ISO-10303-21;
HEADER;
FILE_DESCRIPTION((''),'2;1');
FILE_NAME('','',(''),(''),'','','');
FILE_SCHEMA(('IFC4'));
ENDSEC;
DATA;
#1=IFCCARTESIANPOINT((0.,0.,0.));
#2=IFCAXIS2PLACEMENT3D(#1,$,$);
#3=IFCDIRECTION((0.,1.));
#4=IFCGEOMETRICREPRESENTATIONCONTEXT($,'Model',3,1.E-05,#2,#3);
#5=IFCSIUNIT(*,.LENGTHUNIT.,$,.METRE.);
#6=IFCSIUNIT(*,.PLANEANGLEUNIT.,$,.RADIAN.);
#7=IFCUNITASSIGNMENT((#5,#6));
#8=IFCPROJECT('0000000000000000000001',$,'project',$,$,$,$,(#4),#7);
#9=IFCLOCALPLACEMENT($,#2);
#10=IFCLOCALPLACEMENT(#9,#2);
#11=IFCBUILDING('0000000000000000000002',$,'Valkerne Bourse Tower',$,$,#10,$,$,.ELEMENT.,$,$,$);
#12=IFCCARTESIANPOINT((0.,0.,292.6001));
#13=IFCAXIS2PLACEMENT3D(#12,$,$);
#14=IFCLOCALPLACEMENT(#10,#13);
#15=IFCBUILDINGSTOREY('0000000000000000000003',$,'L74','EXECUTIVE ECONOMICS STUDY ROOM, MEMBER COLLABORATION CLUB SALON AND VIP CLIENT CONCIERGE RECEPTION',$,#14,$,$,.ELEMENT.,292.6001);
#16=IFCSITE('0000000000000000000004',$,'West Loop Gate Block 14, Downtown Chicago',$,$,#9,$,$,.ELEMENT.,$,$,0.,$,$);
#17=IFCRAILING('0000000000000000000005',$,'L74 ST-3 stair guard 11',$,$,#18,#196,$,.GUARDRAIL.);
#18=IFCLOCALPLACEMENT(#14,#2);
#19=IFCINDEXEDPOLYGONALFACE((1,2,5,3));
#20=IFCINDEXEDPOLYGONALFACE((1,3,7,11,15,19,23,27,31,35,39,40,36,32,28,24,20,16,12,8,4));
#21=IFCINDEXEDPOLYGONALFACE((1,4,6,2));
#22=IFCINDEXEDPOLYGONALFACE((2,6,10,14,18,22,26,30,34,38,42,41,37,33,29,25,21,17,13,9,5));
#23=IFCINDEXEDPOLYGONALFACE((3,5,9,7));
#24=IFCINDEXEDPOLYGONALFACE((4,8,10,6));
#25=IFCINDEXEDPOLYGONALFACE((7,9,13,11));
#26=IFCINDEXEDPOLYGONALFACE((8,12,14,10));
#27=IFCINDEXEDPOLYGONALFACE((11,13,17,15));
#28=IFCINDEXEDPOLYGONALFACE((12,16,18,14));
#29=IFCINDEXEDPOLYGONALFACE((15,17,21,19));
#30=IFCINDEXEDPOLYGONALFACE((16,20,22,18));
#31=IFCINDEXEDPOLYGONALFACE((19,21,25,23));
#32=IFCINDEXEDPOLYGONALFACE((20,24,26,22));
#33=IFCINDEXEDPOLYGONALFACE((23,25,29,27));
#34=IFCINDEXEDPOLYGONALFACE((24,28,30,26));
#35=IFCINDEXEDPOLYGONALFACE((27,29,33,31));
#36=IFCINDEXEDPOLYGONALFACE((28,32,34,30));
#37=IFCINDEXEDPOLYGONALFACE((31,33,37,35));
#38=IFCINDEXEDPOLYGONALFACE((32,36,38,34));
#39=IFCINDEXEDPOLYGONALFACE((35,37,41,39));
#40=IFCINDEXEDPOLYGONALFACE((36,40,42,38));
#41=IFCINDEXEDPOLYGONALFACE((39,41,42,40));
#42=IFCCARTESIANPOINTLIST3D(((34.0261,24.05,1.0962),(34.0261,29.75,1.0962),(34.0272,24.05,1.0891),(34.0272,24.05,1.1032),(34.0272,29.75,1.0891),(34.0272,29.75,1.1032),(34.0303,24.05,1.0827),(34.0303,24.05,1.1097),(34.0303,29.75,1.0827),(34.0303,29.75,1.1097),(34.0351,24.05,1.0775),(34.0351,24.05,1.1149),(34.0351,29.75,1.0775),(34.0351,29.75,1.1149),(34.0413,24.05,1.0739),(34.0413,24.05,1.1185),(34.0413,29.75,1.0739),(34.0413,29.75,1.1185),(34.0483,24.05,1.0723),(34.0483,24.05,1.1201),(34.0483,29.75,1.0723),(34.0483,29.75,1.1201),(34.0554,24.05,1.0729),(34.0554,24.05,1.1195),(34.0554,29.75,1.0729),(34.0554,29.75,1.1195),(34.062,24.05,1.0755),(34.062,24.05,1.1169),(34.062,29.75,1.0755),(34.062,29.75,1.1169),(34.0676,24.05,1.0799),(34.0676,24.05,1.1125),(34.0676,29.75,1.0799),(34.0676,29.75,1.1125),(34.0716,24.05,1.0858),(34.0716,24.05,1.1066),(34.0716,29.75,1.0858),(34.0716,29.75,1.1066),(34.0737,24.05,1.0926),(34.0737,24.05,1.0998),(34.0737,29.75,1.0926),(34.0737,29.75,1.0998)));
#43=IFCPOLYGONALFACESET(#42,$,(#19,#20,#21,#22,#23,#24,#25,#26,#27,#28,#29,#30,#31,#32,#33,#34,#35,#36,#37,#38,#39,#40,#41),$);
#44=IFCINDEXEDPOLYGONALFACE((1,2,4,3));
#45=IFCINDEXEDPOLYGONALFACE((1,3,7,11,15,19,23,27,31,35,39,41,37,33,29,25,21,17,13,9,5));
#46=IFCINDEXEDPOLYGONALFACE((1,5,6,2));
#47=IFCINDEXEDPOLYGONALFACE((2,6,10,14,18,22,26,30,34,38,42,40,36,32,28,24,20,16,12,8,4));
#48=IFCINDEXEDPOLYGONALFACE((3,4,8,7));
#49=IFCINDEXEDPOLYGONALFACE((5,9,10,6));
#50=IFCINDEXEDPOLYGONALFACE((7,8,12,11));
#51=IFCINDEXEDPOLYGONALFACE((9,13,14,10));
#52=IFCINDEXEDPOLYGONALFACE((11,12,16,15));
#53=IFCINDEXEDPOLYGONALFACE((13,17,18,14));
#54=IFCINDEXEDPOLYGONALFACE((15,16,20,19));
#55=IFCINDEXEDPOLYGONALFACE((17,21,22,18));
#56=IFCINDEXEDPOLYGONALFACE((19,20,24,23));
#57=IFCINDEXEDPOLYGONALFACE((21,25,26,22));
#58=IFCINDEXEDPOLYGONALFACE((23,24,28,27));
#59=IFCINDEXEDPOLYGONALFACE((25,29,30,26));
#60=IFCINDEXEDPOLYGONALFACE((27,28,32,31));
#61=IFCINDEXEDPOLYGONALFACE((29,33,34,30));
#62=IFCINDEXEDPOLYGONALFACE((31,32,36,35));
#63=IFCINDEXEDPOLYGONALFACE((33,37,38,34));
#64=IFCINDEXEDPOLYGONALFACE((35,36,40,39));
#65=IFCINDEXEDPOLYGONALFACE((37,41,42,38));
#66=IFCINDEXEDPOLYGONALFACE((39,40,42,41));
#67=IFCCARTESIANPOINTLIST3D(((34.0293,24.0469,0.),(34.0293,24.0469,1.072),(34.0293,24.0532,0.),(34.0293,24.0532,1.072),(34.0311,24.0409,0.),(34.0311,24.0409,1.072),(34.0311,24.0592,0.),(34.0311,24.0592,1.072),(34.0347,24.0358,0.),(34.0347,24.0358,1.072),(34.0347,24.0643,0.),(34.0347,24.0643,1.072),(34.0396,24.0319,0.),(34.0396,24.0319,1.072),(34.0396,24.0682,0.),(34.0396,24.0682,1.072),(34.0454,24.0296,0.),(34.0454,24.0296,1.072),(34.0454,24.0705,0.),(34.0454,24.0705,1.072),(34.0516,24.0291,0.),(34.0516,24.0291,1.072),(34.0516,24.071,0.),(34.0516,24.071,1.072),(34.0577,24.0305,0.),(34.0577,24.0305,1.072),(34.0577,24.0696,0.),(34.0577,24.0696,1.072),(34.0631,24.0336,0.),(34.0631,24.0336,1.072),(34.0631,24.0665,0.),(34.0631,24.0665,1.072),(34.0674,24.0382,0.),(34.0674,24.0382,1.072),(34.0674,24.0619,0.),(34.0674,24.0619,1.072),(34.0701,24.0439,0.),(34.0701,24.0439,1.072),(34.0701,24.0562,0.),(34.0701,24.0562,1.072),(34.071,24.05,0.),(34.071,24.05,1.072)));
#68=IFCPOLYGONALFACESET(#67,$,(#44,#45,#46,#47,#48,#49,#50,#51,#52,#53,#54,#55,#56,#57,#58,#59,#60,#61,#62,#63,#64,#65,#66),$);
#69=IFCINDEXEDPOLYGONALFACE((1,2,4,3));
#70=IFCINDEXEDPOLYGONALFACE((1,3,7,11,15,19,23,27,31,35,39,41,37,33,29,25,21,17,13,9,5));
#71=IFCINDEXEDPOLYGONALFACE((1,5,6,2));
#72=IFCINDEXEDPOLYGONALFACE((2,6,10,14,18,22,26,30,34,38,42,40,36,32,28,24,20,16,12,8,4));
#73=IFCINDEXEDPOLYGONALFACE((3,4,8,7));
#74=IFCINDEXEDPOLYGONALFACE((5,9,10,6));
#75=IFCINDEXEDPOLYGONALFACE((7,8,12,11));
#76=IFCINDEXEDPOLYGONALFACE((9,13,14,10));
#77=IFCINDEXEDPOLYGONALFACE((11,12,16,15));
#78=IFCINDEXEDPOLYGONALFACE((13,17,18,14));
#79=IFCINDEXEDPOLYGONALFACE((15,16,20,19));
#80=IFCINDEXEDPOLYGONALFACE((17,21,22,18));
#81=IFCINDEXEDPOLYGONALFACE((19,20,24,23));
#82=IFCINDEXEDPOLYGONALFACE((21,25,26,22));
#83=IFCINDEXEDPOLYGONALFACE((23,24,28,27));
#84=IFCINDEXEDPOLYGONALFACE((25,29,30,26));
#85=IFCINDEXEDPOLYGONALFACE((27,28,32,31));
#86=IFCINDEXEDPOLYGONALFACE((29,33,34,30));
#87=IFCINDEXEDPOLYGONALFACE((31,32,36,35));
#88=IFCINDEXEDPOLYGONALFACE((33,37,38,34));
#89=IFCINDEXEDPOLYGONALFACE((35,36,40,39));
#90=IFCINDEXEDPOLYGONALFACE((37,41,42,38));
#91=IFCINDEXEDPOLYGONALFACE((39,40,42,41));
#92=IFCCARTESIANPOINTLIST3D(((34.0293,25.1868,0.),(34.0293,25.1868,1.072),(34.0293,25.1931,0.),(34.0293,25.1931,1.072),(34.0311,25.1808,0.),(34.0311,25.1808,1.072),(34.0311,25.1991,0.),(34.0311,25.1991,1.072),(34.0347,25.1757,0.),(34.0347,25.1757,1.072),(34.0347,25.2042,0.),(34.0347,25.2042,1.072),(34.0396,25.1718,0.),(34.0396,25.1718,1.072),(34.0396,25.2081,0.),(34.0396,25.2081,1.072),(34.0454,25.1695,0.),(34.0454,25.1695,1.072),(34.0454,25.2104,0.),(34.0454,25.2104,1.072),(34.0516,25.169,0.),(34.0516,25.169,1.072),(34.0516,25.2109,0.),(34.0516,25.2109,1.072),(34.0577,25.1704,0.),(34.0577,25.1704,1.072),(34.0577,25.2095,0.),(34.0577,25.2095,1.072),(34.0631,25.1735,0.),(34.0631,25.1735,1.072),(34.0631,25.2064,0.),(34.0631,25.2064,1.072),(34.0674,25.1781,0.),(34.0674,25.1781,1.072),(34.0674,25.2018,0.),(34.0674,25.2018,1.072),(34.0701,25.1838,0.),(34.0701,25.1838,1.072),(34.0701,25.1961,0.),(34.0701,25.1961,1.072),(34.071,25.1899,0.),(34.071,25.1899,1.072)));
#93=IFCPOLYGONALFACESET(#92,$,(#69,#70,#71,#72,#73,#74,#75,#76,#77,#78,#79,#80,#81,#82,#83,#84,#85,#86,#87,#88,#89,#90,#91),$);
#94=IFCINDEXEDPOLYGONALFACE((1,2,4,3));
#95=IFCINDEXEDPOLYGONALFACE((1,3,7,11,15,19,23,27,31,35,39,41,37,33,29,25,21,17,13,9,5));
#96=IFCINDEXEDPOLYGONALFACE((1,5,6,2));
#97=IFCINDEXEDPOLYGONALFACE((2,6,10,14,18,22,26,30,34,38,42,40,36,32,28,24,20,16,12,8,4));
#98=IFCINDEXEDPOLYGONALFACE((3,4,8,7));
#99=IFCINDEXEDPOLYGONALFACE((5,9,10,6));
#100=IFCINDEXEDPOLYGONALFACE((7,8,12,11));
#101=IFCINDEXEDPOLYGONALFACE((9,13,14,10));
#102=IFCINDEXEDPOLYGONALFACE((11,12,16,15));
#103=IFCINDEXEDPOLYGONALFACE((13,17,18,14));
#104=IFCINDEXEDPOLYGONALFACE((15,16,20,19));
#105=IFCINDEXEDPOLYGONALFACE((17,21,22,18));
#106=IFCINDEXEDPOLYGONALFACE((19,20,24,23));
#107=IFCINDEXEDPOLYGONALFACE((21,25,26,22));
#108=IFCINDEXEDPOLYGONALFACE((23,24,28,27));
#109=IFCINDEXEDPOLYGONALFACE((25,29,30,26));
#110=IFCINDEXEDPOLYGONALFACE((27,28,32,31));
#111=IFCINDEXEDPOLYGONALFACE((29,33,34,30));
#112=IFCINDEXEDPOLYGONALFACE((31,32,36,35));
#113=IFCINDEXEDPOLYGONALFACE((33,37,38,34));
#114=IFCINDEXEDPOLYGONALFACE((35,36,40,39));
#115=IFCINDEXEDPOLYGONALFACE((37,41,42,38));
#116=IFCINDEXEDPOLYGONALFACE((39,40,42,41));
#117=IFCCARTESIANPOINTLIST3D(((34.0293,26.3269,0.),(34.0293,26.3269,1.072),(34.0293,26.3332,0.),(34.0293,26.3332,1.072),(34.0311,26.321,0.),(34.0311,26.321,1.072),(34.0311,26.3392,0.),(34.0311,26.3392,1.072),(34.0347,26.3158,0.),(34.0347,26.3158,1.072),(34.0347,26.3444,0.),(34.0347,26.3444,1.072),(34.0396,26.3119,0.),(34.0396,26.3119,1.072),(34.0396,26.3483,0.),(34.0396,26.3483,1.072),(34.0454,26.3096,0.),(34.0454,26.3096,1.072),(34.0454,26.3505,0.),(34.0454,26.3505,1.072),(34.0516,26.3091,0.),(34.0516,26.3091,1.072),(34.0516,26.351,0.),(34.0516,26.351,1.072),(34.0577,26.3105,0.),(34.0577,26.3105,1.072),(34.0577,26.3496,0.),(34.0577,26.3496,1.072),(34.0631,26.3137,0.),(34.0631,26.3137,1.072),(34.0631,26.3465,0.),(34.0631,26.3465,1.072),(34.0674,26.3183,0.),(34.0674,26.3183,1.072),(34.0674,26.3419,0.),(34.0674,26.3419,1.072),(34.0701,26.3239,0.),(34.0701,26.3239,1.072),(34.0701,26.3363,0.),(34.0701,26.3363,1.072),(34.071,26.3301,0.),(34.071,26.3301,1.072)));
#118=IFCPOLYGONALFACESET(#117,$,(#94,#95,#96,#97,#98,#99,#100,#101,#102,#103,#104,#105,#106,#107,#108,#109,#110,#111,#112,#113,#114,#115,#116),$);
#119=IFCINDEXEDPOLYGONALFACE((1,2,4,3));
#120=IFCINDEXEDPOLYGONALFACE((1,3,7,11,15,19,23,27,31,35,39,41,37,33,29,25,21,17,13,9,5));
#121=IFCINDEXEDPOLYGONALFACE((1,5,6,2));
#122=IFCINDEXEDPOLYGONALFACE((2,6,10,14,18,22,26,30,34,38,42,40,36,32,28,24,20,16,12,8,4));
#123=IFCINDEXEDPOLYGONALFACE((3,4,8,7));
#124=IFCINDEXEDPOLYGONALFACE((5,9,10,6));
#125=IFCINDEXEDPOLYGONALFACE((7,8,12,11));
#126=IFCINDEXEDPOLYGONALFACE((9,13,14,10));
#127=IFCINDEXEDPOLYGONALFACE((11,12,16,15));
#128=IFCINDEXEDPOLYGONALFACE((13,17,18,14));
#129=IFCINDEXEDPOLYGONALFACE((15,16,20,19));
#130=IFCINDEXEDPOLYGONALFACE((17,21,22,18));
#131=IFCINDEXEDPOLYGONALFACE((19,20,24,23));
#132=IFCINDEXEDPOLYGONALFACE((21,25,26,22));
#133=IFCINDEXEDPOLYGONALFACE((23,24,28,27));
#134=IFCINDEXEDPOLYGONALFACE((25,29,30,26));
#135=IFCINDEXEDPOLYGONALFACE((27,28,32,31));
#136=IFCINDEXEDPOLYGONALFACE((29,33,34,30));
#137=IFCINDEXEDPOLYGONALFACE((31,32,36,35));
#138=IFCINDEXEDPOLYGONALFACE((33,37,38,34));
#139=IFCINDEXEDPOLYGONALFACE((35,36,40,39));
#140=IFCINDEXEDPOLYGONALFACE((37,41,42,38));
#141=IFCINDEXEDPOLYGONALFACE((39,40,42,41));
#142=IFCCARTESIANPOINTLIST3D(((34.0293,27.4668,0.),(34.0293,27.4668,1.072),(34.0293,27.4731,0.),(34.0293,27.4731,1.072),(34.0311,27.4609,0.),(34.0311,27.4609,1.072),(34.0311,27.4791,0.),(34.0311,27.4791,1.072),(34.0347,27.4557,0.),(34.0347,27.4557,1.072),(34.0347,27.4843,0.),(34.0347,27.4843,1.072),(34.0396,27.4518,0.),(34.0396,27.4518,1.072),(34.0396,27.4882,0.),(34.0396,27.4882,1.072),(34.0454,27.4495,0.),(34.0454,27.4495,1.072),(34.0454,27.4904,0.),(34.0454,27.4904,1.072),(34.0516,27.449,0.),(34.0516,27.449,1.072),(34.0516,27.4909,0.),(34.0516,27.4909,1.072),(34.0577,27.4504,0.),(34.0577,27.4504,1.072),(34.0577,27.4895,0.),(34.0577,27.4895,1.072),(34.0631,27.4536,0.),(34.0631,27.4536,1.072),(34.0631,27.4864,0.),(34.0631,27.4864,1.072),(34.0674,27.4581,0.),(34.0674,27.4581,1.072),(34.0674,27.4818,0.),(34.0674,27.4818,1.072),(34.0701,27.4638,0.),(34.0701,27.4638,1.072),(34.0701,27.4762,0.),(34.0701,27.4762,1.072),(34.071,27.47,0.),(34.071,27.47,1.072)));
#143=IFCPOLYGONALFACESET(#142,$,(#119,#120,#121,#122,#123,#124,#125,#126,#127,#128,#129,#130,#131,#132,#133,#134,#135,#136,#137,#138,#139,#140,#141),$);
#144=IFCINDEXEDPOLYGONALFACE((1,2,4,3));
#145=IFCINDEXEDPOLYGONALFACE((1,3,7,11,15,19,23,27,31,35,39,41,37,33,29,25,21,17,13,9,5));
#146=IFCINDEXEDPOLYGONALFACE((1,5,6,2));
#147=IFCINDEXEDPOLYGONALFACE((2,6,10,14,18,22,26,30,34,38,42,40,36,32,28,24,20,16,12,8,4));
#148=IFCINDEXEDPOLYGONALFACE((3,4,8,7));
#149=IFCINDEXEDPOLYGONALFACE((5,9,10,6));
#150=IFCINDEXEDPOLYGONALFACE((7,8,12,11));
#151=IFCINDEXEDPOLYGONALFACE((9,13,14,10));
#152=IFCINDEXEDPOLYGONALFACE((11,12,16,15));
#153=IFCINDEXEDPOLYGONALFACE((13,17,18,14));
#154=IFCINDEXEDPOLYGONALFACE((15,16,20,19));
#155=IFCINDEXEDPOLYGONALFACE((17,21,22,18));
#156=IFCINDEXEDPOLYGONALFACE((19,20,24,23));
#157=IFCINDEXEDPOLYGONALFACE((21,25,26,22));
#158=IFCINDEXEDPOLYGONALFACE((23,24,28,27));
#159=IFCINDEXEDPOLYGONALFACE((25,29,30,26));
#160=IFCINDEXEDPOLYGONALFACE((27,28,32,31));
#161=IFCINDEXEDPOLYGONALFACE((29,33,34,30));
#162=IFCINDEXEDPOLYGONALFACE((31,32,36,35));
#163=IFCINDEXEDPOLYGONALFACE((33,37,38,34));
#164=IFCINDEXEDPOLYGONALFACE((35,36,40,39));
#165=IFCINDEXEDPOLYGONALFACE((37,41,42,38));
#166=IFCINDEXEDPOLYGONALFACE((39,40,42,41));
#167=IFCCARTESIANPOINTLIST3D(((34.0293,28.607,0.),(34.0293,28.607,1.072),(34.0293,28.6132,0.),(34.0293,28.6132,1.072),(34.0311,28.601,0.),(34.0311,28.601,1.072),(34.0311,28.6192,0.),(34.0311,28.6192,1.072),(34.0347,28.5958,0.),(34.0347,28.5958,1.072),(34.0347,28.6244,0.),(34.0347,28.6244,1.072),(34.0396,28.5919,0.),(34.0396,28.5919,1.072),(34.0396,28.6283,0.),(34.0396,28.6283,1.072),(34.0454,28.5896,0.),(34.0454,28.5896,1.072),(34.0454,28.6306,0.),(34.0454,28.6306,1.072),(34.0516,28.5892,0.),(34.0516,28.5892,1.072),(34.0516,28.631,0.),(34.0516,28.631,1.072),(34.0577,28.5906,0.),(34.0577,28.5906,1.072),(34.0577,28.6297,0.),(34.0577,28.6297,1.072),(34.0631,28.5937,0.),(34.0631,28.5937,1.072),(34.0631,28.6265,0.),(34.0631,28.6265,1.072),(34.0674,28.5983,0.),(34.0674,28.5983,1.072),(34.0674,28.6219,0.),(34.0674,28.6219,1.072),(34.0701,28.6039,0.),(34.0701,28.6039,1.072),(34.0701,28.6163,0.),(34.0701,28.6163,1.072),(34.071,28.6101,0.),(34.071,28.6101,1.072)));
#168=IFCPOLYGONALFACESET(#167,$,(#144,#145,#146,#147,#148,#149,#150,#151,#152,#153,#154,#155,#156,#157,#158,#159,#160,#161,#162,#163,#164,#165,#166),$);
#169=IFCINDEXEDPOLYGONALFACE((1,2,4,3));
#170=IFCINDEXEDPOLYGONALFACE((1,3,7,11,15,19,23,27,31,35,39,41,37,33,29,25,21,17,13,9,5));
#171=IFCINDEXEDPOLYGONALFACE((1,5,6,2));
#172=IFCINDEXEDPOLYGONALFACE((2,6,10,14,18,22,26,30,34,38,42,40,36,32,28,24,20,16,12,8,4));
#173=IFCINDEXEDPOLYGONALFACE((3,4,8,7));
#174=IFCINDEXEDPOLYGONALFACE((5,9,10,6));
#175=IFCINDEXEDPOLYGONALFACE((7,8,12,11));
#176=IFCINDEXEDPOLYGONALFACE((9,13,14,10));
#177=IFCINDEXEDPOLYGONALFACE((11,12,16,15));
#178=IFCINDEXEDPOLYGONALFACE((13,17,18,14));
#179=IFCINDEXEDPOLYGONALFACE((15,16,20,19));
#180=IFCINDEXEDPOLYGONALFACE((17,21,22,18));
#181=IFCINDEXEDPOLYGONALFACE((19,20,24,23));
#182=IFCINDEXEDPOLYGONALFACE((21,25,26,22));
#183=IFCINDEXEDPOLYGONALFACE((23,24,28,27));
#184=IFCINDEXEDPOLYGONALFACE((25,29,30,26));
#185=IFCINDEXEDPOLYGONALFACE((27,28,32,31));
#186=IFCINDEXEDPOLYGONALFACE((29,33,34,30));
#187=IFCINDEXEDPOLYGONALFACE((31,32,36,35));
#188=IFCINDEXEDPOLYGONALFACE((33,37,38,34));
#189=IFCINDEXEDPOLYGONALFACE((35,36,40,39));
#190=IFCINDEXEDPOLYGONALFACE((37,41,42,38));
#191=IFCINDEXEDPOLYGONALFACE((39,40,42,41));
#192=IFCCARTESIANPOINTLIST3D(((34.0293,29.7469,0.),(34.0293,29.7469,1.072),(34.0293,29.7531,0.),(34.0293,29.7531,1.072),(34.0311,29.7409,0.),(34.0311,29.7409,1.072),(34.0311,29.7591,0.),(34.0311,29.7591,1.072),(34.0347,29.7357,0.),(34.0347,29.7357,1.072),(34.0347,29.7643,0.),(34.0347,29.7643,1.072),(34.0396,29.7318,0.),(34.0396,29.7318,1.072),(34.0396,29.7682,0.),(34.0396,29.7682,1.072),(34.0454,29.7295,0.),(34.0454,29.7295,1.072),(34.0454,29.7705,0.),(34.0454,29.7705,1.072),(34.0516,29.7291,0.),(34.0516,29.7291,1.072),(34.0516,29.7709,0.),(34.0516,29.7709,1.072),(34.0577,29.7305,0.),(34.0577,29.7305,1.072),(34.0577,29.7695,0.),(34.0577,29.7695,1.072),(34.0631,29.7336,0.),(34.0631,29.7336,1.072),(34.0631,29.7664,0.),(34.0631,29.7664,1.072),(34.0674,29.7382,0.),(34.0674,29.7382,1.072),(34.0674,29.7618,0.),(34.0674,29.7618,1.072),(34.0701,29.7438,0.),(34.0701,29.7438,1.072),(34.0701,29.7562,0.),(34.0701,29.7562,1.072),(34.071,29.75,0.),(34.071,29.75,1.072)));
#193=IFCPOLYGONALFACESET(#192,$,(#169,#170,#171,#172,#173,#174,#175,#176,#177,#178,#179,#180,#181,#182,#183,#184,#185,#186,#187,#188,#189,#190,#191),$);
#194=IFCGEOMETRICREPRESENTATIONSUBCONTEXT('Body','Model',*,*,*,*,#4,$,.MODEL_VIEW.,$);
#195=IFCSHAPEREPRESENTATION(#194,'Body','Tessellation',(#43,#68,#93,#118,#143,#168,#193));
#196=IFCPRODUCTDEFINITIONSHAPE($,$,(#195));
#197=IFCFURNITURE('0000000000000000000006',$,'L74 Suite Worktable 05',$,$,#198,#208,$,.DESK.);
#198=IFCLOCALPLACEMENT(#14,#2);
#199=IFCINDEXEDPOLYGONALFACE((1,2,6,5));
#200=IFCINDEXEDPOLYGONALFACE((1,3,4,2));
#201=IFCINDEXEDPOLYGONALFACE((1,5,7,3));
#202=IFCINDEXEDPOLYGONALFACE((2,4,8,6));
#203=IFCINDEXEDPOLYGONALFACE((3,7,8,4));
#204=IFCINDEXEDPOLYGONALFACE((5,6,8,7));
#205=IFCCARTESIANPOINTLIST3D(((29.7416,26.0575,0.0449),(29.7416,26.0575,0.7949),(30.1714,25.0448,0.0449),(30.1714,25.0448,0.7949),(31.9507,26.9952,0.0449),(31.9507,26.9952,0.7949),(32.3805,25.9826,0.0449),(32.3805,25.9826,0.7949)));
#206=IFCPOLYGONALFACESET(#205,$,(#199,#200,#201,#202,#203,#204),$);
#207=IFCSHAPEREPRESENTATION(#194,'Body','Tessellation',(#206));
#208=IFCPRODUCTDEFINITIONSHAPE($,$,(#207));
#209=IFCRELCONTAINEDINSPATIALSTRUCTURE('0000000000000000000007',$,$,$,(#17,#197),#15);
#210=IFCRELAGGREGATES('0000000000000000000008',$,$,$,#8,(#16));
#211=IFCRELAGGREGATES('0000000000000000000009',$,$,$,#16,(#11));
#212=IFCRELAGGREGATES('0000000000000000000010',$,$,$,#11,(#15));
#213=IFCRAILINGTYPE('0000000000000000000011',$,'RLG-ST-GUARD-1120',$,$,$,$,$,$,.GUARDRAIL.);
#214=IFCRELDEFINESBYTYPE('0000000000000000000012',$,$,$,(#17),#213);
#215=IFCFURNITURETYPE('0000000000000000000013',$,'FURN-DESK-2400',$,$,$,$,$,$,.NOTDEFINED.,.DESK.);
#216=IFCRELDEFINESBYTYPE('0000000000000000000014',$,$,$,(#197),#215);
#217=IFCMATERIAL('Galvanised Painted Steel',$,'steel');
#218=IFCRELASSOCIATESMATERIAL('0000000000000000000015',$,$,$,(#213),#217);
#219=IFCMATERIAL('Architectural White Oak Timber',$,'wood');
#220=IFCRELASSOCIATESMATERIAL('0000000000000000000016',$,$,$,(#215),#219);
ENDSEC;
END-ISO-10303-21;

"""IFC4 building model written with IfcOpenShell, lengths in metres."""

from ifc_helpers import new_model, si_unit, direction, frame, origin, origin_2d, place, context, subcontext, project, spatial, rectangle, circle, extrude, material, type_object, element, save


model = new_model("IFC4")

# Units and contexts
model_context = context("Model", 3, precision=1e-05, world=origin(), true_north=direction((0.0, 1.0)))
body_context = subcontext(model_context, "Body", "Model", "MODEL_VIEW")
ifc_project = project(units=[si_unit("LENGTHUNIT", "METRE"), si_unit("PLANEANGLEUNIT", "RADIAN")], contexts=[model_context])

# Site, building, storey
site_placement = place(None, origin())
site = spatial("IfcSite", under=ifc_project, at=site_placement, Name="West Loop Gate Block 14, Downtown Chicago", CompositionType="ELEMENT", RefElevation=0.0)
building_placement = place(site_placement, origin())
building = spatial("IfcBuilding", under=site, at=building_placement, Name="Valkerne Bourse Tower", CompositionType="ELEMENT")
storey_placement = place(building_placement, frame((0.0, 0.0, 292.6001)))
storey = spatial("IfcBuildingStorey", under=building, at=storey_placement, Name="L74", Description="EXECUTIVE ECONOMICS STUDY ROOM, MEMBER COLLABORATION CLUB SALON AND VIP CLIENT CONCIERGE RECEPTION", CompositionType="ELEMENT", Elevation=292.6001)

# Shared definitions
ifc_material_1 = material(Name="Architectural White Oak Timber", Category="wood")

# Shared definitions
ifc_material_2 = material(Name="Galvanised Painted Steel", Category="steel")

# Railing
railing_type = type_object("IfcRailingType", Name="RLG-ST-GUARD-1120", PredefinedType="GUARDRAIL", material=ifc_material_2)
railing_1_placement = place(storey_placement, frame((34.05, 24.05, 0.0)))
element("IfcRailing", 1, at=railing_1_placement, inside=storey, type_object=railing_type, Name="L74 ST-3 stair guard 11", PredefinedType="GUARDRAIL", context=body_context, shape_type="SweptSolid", body=[
    extrude(circle(Radius=0.0239, at=origin_2d()), frame((0.0, 0.0, 1.0962), z_axis=(0.0, 1.0, 0.0), x_axis=(-1.0, 0.0, 0.0)), (0.0, 0.0, 1.0), 5.7),
    extrude(circle(Radius=0.021, at=origin_2d()), origin(), (0.0, 0.0, 1.0), 1.072),
    extrude(circle(Radius=0.021, at=origin_2d()), frame((0.0, 1.1399, 0.0)), (0.0, 0.0, 1.0), 1.072),
    extrude(circle(Radius=0.021, at=origin_2d()), frame((0.0, 2.28, 0.0)), (0.0, 0.0, 1.0), 1.072),
    extrude(circle(Radius=0.021, at=origin_2d()), frame((0.0, 3.4199, 0.0)), (0.0, 0.0, 1.0), 1.072),
    extrude(circle(Radius=0.021, at=origin_2d()), frame((0.0, 4.5601, 0.0)), (0.0, 0.0, 1.0), 1.072),
    extrude(circle(Radius=0.021, at=origin_2d()), frame((0.0, 5.7, 0.0)), (0.0, 0.0, 1.0), 1.072),
])

# Furniture
furniture_type = type_object("IfcFurnitureType", Name="FURN-DESK-2400", AssemblyPlace="NOTDEFINED", PredefinedType="DESK", material=ifc_material_1)
furniture_placement = place(storey_placement, frame((31.061, 26.02, 0.0449), z_axis=(0.0, 0.0, 1.0), x_axis=(0.920505, 0.390731, 0.0)))
element("IfcFurniture", 2, at=furniture_placement, inside=storey, type_object=furniture_type, Name="L74 Suite Worktable 05", PredefinedType="DESK", context=body_context, shape_type="SweptSolid", body=[
    extrude(rectangle(XDim=2.3999, YDim=1.1001, at=origin_2d()), origin(), (0.0, 0.0, 1.0), 0.75),
])

save(model, "model.ifc")
